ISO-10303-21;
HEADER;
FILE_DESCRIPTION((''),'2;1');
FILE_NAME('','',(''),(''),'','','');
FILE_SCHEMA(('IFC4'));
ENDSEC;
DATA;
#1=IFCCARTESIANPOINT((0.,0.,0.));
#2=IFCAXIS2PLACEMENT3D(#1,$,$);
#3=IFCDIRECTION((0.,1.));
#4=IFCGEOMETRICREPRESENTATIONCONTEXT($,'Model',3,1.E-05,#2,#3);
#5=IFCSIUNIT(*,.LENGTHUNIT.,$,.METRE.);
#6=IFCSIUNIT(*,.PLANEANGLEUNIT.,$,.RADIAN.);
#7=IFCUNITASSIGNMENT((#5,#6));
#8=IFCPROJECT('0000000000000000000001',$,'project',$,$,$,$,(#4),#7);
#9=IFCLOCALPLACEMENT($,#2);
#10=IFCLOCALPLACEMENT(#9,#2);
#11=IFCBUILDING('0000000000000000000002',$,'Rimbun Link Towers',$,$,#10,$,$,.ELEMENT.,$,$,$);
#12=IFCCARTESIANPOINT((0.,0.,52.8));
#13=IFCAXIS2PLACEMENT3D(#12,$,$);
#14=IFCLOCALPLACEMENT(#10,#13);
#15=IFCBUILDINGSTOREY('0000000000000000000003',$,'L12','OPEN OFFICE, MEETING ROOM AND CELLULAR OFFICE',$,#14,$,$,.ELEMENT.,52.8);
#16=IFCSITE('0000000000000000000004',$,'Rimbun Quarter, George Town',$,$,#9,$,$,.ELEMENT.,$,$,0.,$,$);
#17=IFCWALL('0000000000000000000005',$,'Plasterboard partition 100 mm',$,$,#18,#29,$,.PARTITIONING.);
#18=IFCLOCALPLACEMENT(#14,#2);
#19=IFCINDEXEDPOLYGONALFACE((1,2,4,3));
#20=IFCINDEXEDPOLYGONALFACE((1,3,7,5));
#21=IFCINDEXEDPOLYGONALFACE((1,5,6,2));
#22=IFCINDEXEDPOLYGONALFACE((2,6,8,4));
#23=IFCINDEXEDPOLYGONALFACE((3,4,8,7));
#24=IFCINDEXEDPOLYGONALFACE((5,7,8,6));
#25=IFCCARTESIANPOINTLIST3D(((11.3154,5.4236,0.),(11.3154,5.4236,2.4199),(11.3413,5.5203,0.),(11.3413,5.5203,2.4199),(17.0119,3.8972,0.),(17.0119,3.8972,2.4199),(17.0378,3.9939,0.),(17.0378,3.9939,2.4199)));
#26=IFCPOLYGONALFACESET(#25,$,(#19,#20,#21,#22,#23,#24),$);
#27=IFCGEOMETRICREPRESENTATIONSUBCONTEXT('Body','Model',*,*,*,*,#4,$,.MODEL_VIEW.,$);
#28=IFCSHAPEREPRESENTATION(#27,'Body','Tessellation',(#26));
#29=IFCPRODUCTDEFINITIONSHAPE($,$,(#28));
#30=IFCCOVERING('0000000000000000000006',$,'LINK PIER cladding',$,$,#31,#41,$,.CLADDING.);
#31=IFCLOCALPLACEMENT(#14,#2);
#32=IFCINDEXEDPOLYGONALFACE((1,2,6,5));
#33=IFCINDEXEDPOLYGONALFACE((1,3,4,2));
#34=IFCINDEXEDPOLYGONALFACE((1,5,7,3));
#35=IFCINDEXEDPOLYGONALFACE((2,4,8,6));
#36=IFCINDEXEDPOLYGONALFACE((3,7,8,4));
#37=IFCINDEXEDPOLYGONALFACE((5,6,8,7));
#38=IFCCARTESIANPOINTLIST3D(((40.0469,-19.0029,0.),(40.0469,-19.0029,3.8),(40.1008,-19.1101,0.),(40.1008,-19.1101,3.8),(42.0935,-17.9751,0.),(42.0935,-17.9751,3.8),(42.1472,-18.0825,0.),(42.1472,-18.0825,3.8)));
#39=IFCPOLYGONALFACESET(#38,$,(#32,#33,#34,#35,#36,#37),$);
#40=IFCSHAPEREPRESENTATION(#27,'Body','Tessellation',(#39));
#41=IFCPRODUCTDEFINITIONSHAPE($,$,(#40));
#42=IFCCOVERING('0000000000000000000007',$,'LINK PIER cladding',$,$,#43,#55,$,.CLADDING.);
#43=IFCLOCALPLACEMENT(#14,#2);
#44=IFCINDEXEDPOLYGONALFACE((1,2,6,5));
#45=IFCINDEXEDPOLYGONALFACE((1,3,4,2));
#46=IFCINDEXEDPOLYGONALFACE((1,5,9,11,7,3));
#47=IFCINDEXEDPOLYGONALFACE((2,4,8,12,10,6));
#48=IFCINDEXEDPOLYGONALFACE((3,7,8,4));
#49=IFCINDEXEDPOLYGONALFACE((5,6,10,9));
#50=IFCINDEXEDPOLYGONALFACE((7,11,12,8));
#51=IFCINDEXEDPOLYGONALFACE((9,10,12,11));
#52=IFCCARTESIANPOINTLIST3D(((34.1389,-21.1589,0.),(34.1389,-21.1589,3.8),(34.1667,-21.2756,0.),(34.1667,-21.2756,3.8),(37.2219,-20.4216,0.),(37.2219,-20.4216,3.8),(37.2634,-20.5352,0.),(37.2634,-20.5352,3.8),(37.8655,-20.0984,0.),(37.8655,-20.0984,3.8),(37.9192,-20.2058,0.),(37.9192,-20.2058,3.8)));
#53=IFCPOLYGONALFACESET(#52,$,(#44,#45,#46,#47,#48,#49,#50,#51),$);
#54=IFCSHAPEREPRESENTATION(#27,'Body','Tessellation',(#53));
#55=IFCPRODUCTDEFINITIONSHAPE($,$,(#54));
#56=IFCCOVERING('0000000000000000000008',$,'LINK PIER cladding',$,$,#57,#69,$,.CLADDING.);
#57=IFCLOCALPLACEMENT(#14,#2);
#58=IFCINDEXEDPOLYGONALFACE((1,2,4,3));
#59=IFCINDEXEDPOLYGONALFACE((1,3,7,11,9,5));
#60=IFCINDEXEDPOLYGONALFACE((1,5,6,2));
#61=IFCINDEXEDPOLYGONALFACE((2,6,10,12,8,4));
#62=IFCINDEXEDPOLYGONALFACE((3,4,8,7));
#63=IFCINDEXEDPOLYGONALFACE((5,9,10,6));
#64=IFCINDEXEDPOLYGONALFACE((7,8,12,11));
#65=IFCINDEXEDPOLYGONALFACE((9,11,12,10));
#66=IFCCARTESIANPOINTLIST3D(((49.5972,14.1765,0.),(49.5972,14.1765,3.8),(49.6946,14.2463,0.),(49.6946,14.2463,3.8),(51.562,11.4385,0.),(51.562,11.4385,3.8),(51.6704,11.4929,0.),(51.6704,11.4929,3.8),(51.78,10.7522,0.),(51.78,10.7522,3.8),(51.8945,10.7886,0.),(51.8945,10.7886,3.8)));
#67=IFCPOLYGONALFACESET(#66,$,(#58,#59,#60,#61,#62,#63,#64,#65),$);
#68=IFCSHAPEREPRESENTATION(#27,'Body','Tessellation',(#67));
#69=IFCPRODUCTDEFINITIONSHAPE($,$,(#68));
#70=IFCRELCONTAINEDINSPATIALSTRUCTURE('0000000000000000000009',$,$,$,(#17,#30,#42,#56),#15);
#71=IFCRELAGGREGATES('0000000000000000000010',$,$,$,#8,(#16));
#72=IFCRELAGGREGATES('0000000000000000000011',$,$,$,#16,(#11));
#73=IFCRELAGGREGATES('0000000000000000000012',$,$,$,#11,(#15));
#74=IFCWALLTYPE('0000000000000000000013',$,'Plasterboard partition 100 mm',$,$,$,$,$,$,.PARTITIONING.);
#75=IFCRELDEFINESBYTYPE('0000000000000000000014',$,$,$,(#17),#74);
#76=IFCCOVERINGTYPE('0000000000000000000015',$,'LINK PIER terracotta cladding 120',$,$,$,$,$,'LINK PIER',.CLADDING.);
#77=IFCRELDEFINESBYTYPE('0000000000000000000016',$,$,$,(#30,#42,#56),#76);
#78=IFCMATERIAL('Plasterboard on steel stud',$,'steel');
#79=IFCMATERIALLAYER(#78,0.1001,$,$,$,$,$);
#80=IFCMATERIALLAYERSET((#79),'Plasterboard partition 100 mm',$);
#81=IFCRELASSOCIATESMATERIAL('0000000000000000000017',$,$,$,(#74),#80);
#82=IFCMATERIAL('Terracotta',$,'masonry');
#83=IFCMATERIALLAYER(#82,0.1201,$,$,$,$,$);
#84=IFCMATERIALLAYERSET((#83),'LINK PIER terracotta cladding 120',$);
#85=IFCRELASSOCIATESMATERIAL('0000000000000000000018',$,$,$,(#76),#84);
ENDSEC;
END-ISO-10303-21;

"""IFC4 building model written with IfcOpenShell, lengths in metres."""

from ifc_helpers import new_model, si_unit, direction, frame, frame_2d, origin, place, context, subcontext, project, spatial, polyline, rectangle, outline, extrude, material, layer, layer_set, type_object, element, save


model = new_model("IFC4")

# Units and contexts
model_context = context("Model", 3, precision=1e-05, world=origin(), true_north=direction((0.0, 1.0)))
body_context = subcontext(model_context, "Body", "Model", "MODEL_VIEW")
ifc_project = project(units=[si_unit("LENGTHUNIT", "METRE"), si_unit("PLANEANGLEUNIT", "RADIAN")], contexts=[model_context])

# Site, building, storey
site_placement = place(None, origin())
site = spatial("IfcSite", under=ifc_project, at=site_placement, Name="Rimbun Quarter, George Town", CompositionType="ELEMENT", RefElevation=0.0)
building_placement = place(site_placement, origin())
building = spatial("IfcBuilding", under=site, at=building_placement, Name="Rimbun Link Towers", CompositionType="ELEMENT")
storey_placement = place(building_placement, frame((0.0, 0.0, 52.8)))
storey = spatial("IfcBuildingStorey", under=building, at=storey_placement, Name="L12", Description="OPEN OFFICE, MEETING ROOM AND CELLULAR OFFICE", CompositionType="ELEMENT", Elevation=52.8)

# Wall
ifc_material_1 = material(Name="Plasterboard on steel stud", Category="steel")
ifc_layer_1 = layer(ifc_material_1, 0.1001)
ifc_layer_set_1 = layer_set([ifc_layer_1], Name="Plasterboard partition 100 mm")
wall_type = type_object("IfcWallType", Name="Plasterboard partition 100 mm", PredefinedType="PARTITIONING", material=ifc_layer_set_1)
wall_1_placement = place(storey_placement, frame((11.3284, 5.4719, 0.0), z_axis=(0.0, 0.0, 1.0), x_axis=(0.965926, -0.258817, 0.0)))
element("IfcWall", 1, at=wall_1_placement, inside=storey, type_object=wall_type, Name="Plasterboard partition 100 mm", PredefinedType="PARTITIONING", context=body_context, shape_type="SweptSolid", body=[
    extrude(rectangle(XDim=5.8975, YDim=0.1001, at=frame_2d((2.9487, 0.0))), origin(), (0.0, 0.0, 1.0), 2.4199),
])

# Coverings
ifc_material_2 = material(Name="Terracotta", Category="masonry")
ifc_layer_2 = layer(ifc_material_2, 0.1201)
ifc_layer_set_2 = layer_set([ifc_layer_2], Name="LINK PIER terracotta cladding 120")
covering_type_1 = type_object("IfcCoveringType", Name="LINK PIER terracotta cladding 120", ElementType="LINK PIER", PredefinedType="CLADDING", material=ifc_layer_set_2)
covering_1_placement = place(storey_placement, origin())
element("IfcCovering", 2, at=covering_1_placement, inside=storey, type_object=covering_type_1, Name="LINK PIER cladding", PredefinedType="CLADDING", context=body_context, shape_type="SweptSolid", body=[
    extrude(outline(polyline([(42.0935, -17.9751), (40.0469, -19.0029), (40.1008, -19.1101), (42.1472, -18.0825), (42.0935, -17.9751)])), origin(), (0.0, 0.0, 1.0), 3.8),
])
covering_2_placement = place(storey_placement, origin())
element("IfcCovering", 3, at=covering_2_placement, inside=storey, type_object=covering_type_1, Name="LINK PIER cladding", PredefinedType="CLADDING", context=body_context, shape_type="SweptSolid", body=[
    extrude(outline(polyline([(37.8655, -20.0984), (37.2219, -20.4216), (34.1389, -21.1589), (34.1667, -21.2756), (37.2634, -20.5352), (37.9192, -20.2058), (37.8655, -20.0984)])), origin(), (0.0, 0.0, 1.0), 3.8),
])
covering_3_placement = place(storey_placement, origin())
element("IfcCovering", 4, at=covering_3_placement, inside=storey, type_object=covering_type_1, Name="LINK PIER cladding", PredefinedType="CLADDING", context=body_context, shape_type="SweptSolid", body=[
    extrude(outline(polyline([(49.5972, 14.1765), (51.562, 11.4385), (51.78, 10.7522), (51.8945, 10.7886), (51.6704, 11.4929), (49.6946, 14.2463), (49.5972, 14.1765)])), origin(), (0.0, 0.0, 1.0), 3.8),
])

save(model, "model.ifc")
